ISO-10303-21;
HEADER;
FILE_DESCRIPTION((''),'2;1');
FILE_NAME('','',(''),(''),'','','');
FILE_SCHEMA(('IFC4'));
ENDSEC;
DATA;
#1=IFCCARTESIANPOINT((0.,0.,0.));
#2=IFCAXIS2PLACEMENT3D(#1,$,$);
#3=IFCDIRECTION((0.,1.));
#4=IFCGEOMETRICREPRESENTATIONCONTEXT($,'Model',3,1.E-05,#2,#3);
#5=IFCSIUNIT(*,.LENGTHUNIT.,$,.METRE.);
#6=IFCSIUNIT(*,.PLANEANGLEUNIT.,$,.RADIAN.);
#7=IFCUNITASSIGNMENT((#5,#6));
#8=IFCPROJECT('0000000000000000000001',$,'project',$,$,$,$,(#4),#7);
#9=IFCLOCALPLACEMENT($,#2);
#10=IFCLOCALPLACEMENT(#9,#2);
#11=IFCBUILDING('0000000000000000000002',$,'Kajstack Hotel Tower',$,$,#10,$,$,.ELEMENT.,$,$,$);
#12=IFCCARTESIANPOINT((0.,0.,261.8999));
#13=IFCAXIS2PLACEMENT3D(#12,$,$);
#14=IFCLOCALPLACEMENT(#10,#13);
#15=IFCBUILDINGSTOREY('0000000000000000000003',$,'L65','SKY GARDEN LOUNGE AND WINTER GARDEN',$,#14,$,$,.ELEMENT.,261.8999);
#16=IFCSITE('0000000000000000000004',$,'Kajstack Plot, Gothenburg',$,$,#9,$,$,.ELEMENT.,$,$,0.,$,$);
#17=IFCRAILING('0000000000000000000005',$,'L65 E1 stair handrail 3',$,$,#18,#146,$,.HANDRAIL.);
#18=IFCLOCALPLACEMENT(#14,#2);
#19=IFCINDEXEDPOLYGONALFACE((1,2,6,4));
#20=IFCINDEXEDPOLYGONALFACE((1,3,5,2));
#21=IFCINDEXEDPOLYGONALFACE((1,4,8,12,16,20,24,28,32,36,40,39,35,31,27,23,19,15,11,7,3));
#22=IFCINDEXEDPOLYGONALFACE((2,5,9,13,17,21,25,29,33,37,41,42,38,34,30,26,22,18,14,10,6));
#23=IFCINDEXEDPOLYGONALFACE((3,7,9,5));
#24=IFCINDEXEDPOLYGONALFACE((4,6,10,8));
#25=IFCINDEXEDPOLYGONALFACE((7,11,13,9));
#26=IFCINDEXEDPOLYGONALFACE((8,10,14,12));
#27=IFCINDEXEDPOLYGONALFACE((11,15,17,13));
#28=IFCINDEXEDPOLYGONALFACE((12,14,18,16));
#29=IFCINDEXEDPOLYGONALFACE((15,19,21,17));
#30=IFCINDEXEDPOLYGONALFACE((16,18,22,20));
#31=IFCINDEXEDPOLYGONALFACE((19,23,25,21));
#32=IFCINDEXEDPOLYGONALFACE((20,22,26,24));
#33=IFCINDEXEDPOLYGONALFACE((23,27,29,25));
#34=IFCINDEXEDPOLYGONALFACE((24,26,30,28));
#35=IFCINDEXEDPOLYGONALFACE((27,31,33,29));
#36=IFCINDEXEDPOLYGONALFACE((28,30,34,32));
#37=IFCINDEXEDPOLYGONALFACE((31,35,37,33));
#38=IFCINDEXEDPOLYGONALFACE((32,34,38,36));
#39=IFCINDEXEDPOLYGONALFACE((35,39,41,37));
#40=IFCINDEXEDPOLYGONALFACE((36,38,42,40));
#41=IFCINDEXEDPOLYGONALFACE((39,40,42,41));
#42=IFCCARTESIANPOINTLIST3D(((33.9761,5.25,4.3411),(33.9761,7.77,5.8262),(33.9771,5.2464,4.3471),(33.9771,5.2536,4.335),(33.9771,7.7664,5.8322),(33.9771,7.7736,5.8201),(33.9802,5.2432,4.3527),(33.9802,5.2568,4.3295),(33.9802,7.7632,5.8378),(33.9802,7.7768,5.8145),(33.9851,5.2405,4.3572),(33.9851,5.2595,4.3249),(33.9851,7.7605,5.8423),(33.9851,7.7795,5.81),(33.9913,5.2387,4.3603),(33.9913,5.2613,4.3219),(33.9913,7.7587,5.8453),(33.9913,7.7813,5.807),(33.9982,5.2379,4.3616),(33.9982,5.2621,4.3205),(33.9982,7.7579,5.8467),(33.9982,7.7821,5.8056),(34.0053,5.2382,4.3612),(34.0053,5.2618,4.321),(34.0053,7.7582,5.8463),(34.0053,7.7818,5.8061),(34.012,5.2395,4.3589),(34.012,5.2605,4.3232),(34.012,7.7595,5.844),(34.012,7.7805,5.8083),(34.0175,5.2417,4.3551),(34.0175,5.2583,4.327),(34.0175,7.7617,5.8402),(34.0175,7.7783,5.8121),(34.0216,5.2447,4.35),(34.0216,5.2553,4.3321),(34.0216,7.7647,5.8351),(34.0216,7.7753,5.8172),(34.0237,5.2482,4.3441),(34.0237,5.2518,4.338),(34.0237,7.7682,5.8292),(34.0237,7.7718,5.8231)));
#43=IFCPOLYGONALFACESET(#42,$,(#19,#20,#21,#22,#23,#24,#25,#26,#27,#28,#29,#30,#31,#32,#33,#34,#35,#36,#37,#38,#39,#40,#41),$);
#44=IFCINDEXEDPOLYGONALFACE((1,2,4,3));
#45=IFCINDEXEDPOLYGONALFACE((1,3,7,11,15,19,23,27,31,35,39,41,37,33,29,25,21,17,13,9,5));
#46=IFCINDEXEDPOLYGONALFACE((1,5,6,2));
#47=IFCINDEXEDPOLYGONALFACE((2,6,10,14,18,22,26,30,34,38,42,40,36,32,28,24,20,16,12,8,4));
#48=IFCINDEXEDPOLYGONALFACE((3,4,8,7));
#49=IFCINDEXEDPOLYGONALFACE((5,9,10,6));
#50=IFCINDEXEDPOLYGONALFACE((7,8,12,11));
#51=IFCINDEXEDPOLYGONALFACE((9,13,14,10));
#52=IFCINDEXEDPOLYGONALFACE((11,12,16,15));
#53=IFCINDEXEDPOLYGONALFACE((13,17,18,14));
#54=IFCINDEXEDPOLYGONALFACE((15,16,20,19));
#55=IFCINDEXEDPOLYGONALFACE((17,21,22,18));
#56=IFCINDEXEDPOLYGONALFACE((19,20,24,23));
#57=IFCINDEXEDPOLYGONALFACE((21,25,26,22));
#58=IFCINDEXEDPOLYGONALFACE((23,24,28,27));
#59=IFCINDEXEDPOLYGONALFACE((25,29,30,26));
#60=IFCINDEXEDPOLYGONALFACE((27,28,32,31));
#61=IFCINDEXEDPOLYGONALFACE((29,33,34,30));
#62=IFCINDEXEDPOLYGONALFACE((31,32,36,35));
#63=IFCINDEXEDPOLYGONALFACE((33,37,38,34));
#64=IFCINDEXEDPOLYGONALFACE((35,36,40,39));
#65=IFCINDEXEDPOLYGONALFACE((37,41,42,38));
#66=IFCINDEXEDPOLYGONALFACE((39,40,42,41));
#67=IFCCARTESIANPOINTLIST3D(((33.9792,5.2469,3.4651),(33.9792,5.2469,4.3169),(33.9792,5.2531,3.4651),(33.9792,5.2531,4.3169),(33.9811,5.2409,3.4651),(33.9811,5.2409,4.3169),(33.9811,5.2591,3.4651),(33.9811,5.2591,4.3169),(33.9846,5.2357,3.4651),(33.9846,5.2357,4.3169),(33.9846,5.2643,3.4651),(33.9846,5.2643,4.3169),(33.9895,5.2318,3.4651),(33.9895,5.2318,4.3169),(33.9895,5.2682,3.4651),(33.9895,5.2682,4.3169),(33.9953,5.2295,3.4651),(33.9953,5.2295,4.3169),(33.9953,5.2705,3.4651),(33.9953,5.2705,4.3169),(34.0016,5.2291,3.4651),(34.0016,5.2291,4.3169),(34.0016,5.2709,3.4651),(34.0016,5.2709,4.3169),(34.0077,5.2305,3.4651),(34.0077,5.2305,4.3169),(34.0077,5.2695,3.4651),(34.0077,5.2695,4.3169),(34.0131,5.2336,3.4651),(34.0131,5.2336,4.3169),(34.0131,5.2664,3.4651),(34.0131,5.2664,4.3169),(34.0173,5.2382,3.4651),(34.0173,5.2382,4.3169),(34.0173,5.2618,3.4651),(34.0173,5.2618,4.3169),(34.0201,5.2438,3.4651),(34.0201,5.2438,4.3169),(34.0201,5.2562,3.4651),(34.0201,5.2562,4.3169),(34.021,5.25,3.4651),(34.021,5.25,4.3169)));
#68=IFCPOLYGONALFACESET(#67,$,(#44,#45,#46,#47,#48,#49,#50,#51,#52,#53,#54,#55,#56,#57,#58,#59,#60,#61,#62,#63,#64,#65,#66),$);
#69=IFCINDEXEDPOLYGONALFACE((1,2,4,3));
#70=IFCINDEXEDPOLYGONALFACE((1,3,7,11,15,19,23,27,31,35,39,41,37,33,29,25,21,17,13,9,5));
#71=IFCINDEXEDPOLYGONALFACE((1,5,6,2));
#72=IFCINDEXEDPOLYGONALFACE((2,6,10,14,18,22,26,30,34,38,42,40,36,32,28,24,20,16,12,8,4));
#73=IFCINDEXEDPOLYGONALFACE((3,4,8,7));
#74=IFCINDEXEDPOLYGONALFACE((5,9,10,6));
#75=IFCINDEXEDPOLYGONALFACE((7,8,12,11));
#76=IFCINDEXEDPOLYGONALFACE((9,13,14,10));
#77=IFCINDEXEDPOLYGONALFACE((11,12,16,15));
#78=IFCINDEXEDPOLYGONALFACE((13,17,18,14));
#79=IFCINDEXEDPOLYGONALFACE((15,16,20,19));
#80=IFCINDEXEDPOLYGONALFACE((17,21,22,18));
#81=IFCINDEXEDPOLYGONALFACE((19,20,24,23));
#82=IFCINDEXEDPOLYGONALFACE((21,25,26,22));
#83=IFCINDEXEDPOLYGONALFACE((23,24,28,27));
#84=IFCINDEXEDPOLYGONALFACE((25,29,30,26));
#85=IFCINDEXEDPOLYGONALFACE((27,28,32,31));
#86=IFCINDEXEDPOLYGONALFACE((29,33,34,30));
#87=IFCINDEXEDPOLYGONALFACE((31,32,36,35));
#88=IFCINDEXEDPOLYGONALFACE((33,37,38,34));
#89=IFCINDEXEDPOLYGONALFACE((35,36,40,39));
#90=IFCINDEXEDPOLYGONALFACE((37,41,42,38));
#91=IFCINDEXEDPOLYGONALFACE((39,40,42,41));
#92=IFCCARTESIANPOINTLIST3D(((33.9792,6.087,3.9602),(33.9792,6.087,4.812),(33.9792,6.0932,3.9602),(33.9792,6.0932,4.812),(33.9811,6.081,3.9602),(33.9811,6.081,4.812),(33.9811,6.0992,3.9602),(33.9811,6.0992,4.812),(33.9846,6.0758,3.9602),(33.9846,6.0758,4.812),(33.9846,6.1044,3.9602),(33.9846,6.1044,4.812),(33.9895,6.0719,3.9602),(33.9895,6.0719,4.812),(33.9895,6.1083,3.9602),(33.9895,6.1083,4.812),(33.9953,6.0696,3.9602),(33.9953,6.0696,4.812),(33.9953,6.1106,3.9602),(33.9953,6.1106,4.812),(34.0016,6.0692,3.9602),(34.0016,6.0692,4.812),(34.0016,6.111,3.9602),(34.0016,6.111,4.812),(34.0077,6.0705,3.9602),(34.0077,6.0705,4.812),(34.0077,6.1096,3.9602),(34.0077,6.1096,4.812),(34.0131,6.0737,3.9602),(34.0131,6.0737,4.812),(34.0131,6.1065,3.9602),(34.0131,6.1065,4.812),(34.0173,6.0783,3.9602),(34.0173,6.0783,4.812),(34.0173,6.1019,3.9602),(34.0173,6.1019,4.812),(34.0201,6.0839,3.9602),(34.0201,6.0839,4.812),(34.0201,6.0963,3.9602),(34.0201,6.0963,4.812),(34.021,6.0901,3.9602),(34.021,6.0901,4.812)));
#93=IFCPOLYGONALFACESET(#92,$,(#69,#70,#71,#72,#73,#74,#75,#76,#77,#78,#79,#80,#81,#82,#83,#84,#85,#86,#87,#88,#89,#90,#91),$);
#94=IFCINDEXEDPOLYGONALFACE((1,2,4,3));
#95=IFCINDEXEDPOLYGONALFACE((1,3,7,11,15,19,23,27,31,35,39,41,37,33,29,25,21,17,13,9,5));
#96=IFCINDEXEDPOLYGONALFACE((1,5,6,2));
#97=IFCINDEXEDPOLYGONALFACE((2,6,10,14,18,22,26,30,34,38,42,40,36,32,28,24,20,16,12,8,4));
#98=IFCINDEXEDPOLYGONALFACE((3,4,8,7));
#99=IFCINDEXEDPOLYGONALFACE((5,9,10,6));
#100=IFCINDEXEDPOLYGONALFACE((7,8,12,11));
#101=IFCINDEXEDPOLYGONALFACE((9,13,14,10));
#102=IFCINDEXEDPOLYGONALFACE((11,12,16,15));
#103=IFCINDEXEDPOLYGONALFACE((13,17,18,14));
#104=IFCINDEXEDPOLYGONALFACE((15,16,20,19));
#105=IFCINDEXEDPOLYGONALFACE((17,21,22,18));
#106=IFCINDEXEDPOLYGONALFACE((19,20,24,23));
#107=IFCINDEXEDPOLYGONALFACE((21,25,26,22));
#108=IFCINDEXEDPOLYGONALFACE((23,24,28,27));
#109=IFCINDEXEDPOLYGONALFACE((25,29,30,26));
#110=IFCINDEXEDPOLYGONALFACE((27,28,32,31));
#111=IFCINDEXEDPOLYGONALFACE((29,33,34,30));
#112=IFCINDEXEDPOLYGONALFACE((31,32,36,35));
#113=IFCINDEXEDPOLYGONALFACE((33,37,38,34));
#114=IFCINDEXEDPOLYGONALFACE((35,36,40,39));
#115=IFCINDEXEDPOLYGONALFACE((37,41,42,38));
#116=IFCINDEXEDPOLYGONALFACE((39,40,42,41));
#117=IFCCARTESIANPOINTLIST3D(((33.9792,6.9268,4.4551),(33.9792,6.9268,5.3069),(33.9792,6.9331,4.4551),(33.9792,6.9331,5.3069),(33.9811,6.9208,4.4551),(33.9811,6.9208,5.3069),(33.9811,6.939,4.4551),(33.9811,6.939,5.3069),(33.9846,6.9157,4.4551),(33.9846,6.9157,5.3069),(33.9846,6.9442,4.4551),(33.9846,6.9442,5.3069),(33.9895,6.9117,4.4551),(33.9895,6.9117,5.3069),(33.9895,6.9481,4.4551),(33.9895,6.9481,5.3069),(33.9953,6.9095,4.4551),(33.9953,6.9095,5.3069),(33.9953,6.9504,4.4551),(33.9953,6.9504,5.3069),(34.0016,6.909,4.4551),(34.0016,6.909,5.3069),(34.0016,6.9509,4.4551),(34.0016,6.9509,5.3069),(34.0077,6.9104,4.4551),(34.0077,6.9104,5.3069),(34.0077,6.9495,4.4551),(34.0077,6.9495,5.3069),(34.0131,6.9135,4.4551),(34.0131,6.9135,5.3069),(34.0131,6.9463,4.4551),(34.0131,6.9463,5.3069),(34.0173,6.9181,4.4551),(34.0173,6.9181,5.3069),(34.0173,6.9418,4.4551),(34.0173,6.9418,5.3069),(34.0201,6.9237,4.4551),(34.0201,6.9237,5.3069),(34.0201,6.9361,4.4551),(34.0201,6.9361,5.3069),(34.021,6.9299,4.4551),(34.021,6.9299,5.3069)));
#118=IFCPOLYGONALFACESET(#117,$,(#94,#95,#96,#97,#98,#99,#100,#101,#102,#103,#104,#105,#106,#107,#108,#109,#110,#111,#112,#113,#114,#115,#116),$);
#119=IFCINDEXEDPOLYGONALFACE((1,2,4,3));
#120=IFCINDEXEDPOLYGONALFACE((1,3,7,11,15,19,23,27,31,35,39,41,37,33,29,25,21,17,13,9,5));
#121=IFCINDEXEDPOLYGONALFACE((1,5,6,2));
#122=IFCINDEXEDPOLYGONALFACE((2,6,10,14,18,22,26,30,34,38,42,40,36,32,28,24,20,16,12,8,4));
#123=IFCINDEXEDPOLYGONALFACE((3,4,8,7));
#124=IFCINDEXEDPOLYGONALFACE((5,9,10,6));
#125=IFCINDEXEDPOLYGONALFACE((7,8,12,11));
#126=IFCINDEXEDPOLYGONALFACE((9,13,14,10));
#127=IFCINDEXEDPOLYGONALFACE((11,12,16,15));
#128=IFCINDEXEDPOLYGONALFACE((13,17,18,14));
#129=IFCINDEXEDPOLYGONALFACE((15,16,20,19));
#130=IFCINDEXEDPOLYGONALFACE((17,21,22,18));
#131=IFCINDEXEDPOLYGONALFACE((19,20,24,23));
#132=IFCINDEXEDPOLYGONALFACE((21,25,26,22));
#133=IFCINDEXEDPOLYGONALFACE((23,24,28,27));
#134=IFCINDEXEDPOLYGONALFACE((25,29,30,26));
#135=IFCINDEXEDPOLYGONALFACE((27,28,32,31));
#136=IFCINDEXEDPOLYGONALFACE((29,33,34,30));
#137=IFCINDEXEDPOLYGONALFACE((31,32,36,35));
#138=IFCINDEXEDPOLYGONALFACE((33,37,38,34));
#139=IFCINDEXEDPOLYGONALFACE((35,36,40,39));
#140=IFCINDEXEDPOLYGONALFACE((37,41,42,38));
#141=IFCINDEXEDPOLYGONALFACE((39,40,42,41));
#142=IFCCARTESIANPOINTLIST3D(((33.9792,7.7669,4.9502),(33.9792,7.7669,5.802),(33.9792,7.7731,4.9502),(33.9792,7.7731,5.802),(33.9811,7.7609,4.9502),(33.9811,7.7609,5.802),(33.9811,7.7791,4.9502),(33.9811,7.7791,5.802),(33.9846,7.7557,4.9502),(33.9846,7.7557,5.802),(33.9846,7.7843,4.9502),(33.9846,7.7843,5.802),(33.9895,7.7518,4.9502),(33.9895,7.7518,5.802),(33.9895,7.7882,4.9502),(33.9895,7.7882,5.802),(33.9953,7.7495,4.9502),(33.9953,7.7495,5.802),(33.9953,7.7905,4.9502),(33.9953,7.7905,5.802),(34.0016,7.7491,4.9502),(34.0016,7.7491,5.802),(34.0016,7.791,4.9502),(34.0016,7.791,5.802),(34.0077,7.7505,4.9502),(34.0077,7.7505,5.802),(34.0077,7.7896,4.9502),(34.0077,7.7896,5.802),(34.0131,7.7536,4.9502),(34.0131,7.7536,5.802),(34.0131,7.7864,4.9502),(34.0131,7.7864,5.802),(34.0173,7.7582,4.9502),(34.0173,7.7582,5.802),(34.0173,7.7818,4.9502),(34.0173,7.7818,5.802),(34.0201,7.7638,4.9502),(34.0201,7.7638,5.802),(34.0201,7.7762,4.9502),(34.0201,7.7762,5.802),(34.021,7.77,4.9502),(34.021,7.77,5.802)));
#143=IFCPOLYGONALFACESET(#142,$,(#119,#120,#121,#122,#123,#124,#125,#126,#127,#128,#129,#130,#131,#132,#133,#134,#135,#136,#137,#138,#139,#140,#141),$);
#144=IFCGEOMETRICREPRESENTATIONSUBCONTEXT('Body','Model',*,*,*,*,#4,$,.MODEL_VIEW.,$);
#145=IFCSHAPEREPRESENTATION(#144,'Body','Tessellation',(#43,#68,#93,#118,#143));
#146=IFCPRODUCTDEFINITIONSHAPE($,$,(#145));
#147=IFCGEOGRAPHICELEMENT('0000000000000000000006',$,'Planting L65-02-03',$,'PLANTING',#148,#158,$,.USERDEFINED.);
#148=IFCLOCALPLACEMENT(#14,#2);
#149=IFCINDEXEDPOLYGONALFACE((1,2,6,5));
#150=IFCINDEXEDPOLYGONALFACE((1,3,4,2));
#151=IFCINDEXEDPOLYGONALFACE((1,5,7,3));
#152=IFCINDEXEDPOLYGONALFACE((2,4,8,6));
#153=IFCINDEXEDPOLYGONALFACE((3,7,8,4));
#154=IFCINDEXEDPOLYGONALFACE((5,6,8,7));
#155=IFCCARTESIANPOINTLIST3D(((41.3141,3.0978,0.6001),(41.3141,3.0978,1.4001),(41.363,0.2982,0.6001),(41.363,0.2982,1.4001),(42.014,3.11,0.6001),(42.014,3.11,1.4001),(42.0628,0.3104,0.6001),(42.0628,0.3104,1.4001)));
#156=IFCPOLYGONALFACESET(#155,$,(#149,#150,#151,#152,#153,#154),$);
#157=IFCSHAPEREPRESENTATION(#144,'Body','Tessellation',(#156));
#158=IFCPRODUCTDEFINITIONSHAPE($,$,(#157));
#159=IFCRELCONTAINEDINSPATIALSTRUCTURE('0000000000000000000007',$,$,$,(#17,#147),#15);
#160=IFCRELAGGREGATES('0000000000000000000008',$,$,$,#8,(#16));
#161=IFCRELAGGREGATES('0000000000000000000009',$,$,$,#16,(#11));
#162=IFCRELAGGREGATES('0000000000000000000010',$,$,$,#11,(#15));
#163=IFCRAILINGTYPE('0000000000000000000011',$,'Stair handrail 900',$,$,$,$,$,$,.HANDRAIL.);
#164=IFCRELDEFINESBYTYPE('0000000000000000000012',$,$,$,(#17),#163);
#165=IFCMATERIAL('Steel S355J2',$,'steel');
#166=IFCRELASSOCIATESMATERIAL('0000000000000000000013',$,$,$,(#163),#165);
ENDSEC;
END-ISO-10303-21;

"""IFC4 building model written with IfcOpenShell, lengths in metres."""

from ifc_helpers import new_model, si_unit, direction, frame, origin, origin_2d, place, context, subcontext, project, spatial, rectangle, circle, extrude, material, type_object, element, save


model = new_model("IFC4")

# Units and contexts
model_context = context("Model", 3, precision=1e-05, world=origin(), true_north=direction((0.0, 1.0)))
body_context = subcontext(model_context, "Body", "Model", "MODEL_VIEW")
ifc_project = project(units=[si_unit("LENGTHUNIT", "METRE"), si_unit("PLANEANGLEUNIT", "RADIAN")], contexts=[model_context])

# Site, building, storey
site_placement = place(None, origin())
site = spatial("IfcSite", under=ifc_project, at=site_placement, Name="Kajstack Plot, Gothenburg", CompositionType="ELEMENT", RefElevation=0.0)
building_placement = place(site_placement, origin())
building = spatial("IfcBuilding", under=site, at=building_placement, Name="Kajstack Hotel Tower", CompositionType="ELEMENT")
storey_placement = place(building_placement, frame((0.0, 0.0, 261.8999)))
storey = spatial("IfcBuildingStorey", under=building, at=storey_placement, Name="L65", Description="SKY GARDEN LOUNGE AND WINTER GARDEN", CompositionType="ELEMENT", Elevation=261.8999)

# Railing
ifc_material_1 = material(Name="Steel S355J2", Category="steel")
railing_type_1 = type_object("IfcRailingType", Name="Stair handrail 900", PredefinedType="HANDRAIL", material=ifc_material_1)
railing_1_placement = place(storey_placement, frame((34.0, 5.25, 3.4651)))
element("IfcRailing", 1, at=railing_1_placement, inside=storey, type_object=railing_type_1, Name="L65 E1 stair handrail 3", PredefinedType="HANDRAIL", context=body_context, shape_type="SweptSolid", body=[
    extrude(circle(Radius=0.0239, at=origin_2d()), frame((0.0, 0.0, 0.876), z_axis=(0.0, 0.861524, 0.507717), x_axis=(-1.0, 0.0, 0.0)), (0.0, 0.0, 1.0), 2.925),
    extrude(circle(Radius=0.021, at=origin_2d()), origin(), (0.0, 0.0, 1.0), 0.8518),
    extrude(circle(Radius=0.021, at=origin_2d()), frame((0.0, 0.8401, 0.4951)), (0.0, 0.0, 1.0), 0.8518),
    extrude(circle(Radius=0.021, at=origin_2d()), frame((0.0, 1.6799, 0.99)), (0.0, 0.0, 1.0), 0.8518),
    extrude(circle(Radius=0.021, at=origin_2d()), frame((0.0, 2.52, 1.4851)), (0.0, 0.0, 1.0), 0.8518),
])

# Geographic element
geographic_element_placement = place(storey_placement, frame((41.6885, 1.7041, 0.6001), z_axis=(0.0, 0.0, 1.0), x_axis=(0.017455, -0.999848, 0.0)))
element("IfcGeographicElement", 2, at=geographic_element_placement, inside=storey, Name="Planting L65-02-03", ObjectType="PLANTING", PredefinedType="USERDEFINED", context=body_context, shape_type="SweptSolid", body=[
    extrude(rectangle(XDim=2.8, YDim=0.7, at=origin_2d()), origin(), (0.0, 0.0, 1.0), 0.8),
])

save(model, "model.ifc")
